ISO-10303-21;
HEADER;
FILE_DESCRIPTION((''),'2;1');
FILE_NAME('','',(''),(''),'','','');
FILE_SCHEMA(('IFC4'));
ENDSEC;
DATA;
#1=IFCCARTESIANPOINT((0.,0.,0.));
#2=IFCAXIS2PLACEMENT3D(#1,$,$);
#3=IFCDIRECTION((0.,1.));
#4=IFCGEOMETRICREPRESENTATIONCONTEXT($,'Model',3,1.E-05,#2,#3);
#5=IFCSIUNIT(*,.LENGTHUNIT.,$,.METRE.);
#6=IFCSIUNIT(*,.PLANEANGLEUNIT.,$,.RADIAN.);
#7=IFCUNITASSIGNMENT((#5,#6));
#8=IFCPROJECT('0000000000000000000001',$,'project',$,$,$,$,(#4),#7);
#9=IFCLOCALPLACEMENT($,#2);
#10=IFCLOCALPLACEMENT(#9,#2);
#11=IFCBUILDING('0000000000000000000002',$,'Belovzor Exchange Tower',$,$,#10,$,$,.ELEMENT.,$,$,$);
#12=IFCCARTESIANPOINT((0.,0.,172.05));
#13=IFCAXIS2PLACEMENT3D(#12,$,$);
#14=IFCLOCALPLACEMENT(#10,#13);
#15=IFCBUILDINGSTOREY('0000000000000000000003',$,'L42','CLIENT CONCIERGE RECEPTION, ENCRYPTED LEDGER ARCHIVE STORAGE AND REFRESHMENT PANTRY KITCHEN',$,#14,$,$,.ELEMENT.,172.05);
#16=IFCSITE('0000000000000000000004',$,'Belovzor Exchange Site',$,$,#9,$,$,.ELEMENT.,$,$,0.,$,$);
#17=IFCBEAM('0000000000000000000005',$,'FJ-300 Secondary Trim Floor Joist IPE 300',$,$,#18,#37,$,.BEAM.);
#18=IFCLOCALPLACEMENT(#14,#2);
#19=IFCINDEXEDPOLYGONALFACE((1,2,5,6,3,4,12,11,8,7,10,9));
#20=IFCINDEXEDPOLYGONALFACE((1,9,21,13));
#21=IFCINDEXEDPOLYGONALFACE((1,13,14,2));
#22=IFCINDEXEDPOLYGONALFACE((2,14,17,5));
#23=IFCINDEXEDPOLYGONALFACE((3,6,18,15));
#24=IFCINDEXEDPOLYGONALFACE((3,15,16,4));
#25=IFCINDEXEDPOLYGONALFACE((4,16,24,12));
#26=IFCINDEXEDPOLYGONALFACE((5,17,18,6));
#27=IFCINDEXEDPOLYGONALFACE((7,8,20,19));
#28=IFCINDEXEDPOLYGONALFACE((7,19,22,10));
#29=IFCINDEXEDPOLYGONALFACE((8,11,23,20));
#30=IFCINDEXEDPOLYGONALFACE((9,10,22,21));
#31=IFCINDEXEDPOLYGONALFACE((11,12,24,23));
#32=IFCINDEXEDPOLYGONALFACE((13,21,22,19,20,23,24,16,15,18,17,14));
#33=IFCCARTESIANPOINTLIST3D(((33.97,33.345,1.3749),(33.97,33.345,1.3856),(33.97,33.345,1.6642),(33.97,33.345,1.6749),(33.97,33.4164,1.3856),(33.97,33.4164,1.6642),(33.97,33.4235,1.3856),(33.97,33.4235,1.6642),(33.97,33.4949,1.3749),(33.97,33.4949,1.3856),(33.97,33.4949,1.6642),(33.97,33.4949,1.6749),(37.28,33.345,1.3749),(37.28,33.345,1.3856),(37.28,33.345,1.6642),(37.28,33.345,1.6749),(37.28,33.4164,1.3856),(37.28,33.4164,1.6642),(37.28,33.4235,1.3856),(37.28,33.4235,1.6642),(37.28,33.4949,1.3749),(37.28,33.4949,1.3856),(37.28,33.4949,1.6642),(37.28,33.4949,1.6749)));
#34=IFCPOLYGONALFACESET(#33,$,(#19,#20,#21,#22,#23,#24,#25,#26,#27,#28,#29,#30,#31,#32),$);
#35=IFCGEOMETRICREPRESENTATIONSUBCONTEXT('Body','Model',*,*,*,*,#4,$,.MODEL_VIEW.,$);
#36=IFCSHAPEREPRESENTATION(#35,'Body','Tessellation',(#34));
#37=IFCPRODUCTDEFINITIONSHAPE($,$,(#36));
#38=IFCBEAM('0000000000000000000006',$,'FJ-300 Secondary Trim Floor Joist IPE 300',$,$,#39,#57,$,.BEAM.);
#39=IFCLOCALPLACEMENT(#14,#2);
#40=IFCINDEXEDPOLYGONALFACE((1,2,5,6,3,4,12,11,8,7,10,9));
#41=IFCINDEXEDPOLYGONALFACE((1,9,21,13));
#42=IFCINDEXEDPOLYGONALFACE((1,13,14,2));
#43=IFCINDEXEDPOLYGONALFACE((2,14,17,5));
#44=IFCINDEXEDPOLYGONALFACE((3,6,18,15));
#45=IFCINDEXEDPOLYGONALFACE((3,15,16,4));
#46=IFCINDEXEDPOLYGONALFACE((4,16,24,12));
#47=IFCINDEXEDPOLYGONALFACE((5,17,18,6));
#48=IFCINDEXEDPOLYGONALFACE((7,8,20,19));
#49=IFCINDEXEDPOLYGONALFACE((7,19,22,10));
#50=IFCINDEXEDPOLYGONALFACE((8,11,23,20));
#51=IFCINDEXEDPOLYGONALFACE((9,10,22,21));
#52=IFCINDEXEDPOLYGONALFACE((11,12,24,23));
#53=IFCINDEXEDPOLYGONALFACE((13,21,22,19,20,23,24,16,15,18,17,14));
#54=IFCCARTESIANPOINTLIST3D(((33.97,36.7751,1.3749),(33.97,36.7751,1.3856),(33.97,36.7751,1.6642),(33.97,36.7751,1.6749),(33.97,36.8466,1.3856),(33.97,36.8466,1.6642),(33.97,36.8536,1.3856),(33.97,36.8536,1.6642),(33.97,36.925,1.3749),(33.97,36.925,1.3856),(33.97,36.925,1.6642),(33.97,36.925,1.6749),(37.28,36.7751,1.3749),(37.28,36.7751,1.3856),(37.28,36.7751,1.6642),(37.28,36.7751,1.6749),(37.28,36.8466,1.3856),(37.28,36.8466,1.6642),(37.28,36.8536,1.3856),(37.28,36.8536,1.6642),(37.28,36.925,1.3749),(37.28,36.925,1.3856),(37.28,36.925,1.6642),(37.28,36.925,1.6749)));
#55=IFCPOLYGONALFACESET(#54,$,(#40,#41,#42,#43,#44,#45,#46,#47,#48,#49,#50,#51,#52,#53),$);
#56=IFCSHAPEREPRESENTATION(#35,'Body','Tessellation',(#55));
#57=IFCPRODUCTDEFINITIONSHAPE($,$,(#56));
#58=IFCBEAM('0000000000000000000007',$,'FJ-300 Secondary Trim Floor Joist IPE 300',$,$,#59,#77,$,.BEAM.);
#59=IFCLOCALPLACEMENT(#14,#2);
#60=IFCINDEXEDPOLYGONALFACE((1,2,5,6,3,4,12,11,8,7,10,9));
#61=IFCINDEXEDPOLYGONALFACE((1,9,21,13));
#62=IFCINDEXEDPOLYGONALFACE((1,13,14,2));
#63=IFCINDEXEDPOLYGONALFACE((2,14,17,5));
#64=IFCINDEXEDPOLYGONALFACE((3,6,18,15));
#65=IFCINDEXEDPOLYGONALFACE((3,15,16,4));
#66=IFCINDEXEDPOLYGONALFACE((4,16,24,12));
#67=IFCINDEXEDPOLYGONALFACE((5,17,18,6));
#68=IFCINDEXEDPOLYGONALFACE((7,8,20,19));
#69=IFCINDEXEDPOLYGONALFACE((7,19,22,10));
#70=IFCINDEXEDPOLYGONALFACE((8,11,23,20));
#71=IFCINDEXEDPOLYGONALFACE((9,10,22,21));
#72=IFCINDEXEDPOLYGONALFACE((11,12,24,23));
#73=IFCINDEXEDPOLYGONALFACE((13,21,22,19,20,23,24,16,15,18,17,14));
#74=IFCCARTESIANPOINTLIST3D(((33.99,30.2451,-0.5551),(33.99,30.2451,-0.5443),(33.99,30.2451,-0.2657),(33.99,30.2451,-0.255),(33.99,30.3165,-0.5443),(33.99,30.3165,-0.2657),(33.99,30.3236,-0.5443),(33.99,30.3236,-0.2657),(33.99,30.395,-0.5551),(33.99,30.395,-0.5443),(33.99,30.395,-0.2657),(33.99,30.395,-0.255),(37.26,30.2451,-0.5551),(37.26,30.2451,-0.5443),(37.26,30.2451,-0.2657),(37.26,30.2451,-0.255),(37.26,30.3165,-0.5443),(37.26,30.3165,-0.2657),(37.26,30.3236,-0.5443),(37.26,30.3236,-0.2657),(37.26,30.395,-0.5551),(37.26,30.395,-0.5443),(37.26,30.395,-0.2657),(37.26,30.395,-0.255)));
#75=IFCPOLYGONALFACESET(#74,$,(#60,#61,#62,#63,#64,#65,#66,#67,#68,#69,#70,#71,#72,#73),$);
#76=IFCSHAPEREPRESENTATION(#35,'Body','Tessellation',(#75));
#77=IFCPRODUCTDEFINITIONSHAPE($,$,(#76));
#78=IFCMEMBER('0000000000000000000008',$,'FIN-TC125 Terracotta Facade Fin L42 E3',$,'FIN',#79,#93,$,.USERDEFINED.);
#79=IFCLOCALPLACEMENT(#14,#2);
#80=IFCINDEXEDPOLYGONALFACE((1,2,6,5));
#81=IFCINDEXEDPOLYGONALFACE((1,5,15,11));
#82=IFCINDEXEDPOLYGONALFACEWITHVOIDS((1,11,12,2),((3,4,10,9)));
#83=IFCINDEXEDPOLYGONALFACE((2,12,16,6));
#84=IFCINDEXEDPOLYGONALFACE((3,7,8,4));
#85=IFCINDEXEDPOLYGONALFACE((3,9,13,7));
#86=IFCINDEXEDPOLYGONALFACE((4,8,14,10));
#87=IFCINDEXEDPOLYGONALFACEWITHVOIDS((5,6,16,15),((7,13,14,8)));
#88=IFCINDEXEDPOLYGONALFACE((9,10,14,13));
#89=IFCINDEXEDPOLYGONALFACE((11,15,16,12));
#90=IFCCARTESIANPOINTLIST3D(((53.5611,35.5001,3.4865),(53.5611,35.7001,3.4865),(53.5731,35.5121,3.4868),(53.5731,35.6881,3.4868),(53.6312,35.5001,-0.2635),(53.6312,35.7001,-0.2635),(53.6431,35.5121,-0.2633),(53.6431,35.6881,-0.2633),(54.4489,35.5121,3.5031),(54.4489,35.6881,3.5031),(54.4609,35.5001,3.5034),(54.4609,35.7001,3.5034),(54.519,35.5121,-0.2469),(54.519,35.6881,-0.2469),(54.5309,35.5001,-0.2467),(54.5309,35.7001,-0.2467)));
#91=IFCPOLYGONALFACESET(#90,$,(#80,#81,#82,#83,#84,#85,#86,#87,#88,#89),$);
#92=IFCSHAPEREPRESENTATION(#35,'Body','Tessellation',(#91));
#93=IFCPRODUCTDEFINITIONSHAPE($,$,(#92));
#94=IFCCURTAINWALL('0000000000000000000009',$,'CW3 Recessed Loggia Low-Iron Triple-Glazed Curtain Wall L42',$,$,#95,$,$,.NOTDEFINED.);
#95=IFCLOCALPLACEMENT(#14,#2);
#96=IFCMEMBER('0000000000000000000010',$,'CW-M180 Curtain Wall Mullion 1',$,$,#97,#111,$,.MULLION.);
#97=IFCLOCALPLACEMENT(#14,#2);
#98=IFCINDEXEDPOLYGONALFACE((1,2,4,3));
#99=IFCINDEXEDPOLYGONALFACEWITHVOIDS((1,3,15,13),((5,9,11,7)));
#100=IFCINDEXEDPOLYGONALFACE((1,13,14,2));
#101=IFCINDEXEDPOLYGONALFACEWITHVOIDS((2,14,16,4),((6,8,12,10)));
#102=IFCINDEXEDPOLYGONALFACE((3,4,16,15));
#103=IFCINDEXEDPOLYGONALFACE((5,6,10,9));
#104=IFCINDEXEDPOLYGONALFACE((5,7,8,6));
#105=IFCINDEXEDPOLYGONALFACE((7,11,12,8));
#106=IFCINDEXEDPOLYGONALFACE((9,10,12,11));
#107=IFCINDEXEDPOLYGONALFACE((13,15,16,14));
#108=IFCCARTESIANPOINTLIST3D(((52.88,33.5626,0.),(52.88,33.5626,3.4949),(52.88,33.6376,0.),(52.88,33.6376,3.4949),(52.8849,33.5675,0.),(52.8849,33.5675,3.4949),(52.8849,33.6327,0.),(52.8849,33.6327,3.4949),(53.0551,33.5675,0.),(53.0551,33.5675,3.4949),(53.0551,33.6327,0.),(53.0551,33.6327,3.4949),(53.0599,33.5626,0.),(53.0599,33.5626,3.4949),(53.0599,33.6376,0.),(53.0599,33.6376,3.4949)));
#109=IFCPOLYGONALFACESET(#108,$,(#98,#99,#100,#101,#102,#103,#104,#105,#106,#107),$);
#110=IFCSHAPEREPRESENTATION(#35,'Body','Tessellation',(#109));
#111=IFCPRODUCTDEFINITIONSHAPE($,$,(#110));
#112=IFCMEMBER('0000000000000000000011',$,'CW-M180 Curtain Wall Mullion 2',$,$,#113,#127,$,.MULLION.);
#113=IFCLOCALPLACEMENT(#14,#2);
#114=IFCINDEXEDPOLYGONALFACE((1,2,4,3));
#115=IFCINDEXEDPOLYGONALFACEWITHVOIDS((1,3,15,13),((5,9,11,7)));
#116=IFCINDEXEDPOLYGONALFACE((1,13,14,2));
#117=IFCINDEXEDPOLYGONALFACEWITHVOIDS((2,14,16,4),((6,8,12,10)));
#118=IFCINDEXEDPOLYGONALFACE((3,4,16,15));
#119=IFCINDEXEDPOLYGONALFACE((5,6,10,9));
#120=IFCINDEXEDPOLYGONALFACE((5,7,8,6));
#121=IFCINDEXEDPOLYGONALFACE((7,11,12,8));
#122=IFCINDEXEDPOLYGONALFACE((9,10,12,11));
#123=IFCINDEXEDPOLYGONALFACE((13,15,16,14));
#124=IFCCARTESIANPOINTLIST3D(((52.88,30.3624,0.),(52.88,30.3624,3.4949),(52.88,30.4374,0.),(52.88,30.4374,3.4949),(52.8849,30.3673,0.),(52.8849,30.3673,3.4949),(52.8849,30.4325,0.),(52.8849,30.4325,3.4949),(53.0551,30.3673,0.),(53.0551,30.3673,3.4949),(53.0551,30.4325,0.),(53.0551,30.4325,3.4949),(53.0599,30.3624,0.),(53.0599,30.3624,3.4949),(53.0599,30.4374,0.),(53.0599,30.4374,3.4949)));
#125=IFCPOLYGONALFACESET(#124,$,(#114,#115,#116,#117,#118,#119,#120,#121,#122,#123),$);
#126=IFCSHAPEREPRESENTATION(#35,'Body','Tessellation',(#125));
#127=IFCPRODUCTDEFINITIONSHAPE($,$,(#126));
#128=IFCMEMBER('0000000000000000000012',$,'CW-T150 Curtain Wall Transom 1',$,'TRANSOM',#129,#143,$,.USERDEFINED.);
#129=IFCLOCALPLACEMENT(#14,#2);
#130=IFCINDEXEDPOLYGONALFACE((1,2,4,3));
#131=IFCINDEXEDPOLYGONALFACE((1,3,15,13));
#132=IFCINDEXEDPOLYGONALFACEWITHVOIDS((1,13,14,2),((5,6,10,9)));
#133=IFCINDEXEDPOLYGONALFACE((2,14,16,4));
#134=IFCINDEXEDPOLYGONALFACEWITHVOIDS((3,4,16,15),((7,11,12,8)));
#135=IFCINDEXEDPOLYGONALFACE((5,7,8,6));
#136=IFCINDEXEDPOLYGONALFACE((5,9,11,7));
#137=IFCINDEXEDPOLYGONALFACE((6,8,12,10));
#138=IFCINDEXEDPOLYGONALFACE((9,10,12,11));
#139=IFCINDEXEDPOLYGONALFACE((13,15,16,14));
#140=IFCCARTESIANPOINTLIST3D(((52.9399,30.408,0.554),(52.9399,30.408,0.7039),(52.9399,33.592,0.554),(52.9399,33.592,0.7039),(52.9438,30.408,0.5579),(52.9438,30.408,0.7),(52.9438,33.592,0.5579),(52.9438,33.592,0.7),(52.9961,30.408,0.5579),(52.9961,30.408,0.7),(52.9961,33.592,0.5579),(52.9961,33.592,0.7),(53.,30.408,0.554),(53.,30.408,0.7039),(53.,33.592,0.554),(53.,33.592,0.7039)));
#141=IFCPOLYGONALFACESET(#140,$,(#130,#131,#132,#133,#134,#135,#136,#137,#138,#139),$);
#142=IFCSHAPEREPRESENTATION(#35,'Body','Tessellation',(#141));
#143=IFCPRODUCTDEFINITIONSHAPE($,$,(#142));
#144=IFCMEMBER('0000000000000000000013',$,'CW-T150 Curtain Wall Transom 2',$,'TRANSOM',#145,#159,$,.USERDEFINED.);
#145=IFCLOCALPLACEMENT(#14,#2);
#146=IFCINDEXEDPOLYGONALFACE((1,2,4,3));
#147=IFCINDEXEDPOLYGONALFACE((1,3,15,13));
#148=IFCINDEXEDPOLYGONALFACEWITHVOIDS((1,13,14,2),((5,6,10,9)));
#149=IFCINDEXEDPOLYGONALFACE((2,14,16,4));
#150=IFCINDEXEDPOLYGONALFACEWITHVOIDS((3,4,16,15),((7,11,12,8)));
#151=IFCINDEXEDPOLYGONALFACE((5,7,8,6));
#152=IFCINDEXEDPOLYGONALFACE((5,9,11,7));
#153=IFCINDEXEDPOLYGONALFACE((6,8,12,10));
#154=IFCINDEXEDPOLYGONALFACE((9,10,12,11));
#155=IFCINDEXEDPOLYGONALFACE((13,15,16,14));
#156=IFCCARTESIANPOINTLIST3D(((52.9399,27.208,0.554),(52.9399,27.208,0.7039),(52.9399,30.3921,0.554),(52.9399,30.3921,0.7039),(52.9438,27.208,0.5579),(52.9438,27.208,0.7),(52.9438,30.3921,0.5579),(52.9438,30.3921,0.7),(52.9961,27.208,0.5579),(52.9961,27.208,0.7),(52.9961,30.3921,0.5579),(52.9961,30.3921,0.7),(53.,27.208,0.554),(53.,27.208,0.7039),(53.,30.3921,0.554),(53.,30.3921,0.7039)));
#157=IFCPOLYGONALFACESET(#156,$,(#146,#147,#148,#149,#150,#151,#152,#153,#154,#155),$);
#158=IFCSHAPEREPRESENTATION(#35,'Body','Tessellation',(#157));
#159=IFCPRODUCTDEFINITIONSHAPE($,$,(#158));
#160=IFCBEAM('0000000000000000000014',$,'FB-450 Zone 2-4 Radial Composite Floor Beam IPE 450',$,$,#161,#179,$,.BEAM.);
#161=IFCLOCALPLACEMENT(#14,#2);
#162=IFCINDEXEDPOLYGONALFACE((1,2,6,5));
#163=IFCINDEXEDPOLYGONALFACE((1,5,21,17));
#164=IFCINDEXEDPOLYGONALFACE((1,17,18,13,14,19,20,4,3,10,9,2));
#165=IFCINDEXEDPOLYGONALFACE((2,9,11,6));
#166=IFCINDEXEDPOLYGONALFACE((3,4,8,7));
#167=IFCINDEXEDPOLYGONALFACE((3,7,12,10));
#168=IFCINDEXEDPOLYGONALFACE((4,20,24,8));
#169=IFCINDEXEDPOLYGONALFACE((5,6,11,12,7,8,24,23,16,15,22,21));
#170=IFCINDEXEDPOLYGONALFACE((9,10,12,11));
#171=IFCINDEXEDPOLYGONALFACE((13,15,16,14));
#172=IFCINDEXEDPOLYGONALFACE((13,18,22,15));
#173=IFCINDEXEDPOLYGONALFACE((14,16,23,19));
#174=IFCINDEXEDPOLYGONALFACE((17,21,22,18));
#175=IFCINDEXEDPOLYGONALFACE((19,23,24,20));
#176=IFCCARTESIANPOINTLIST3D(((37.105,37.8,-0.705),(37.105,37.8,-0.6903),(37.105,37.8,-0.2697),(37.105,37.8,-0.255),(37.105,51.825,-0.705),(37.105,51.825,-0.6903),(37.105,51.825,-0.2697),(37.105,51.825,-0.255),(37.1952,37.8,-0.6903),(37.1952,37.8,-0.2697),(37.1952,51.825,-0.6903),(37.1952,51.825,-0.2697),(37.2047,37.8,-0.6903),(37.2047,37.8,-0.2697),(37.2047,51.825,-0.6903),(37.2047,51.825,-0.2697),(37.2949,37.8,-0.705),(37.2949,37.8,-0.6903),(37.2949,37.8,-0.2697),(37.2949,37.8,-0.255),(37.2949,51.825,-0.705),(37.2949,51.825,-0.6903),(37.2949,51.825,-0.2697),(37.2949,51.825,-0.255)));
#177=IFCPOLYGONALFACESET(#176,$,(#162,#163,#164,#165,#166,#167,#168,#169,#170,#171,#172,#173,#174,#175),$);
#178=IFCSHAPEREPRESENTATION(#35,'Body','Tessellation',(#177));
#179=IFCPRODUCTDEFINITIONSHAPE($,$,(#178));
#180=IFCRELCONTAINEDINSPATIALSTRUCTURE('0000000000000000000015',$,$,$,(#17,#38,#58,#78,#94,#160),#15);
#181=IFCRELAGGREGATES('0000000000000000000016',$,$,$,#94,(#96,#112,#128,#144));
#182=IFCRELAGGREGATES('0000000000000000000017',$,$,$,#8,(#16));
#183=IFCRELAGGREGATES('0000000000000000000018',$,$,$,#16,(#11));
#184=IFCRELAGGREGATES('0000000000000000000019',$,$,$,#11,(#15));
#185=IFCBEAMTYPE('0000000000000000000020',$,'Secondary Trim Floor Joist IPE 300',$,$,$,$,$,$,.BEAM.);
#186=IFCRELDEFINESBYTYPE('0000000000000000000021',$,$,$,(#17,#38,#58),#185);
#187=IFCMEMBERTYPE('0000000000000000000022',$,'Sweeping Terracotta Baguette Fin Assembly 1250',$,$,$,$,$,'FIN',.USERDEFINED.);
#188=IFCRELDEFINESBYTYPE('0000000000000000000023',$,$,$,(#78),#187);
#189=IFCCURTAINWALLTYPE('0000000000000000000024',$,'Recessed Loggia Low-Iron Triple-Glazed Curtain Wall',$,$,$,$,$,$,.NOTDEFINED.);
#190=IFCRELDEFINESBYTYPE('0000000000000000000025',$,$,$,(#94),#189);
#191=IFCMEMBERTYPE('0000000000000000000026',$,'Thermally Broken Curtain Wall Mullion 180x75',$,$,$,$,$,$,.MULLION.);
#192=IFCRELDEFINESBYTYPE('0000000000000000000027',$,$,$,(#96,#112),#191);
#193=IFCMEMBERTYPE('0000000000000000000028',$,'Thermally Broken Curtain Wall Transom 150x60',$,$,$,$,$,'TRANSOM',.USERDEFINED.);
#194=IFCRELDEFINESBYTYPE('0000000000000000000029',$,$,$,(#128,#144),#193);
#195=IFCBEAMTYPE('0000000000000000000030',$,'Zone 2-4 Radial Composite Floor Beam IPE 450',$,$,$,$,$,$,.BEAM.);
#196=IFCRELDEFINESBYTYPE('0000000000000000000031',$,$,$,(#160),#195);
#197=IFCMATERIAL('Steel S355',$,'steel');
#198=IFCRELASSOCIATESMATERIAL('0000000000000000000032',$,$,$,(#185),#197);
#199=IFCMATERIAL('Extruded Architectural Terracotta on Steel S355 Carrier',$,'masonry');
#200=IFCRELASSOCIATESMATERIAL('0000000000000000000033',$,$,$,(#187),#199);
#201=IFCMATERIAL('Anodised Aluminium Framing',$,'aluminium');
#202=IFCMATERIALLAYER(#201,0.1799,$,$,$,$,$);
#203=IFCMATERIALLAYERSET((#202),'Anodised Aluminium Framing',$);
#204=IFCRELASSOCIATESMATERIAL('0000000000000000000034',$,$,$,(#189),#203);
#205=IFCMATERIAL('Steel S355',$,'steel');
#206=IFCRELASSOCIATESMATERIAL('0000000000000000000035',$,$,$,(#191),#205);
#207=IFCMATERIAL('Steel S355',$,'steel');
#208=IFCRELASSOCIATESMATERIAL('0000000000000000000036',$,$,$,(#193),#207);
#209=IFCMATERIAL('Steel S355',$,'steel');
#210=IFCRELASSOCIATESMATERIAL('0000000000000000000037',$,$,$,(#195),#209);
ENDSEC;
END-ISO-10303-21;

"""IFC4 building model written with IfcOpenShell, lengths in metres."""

from ifc_helpers import new_model, si_unit, direction, frame, origin, origin_2d, place, context, subcontext, project, spatial, hollow_rectangle, i_section, extrude, material, layer, layer_set, material_profile, profile_set, type_object, element, aggregate, save


model = new_model("IFC4")

# Units and contexts
model_context = context("Model", 3, precision=1e-05, world=origin(), true_north=direction((0.0, 1.0)))
body_context = subcontext(model_context, "Body", "Model", "MODEL_VIEW")
ifc_project = project(units=[si_unit("LENGTHUNIT", "METRE"), si_unit("PLANEANGLEUNIT", "RADIAN")], contexts=[model_context])

# Site, building, storey
site_placement = place(None, origin())
site = spatial("IfcSite", under=ifc_project, at=site_placement, Name="Belovzor Exchange Site", CompositionType="ELEMENT", RefElevation=0.0)
building_placement = place(site_placement, origin())
building = spatial("IfcBuilding", under=site, at=building_placement, Name="Belovzor Exchange Tower", CompositionType="ELEMENT")
storey_placement = place(building_placement, frame((0.0, 0.0, 172.05)))
storey = spatial("IfcBuildingStorey", under=building, at=storey_placement, Name="L42", Description="CLIENT CONCIERGE RECEPTION, ENCRYPTED LEDGER ARCHIVE STORAGE AND REFRESHMENT PANTRY KITCHEN", CompositionType="ELEMENT", Elevation=172.05)

# Beams
ifc_material_1 = material(Name="Steel S355", Category="steel")
ifc_material_profile_1 = material_profile(ifc_material_1, i_section(OverallWidth=0.1499, OverallDepth=0.3, WebThickness=0.0071, FlangeThickness=0.0107, at=origin_2d()))
ifc_profile_set_1 = profile_set([ifc_material_profile_1], Name="Steel S355")
beam_type_1 = type_object("IfcBeamType", Name="Secondary Trim Floor Joist IPE 300", PredefinedType="BEAM", material=ifc_profile_set_1)
for number, where, z_axis, x_axis, name in (
    (1, (37.28, 33.4199, 1.5249), (-1.0, 0.0, 0.0), (0.0, -1.0, 0.0), "FJ-300 Secondary Trim Floor Joist IPE 300"),
    (2, (37.28, 36.8501, 1.5249), (-1.0, 0.0, 0.0), (0.0, -1.0, 0.0), "FJ-300 Secondary Trim Floor Joist IPE 300"),
):
    element("IfcBeam", number, at=place(storey_placement, frame(where, z_axis=z_axis, x_axis=x_axis)), inside=storey, type_object=beam_type_1, Name=name, PredefinedType="BEAM", context=body_context, shape_type="SweptSolid", body=[
        extrude(i_section(OverallWidth=0.1499, OverallDepth=0.3, WebThickness=0.0071, FlangeThickness=0.0107, at=origin_2d()), origin(), (0.0, 0.0, 1.0), 3.3101),
    ])
beam_1_placement = place(storey_placement, frame((37.26, 30.3201, -0.405), z_axis=(-1.0, 0.0, 0.0), x_axis=(0.0, -1.0, 0.0)))
element("IfcBeam", 3, at=beam_1_placement, inside=storey, type_object=beam_type_1, Name="FJ-300 Secondary Trim Floor Joist IPE 300", PredefinedType="BEAM", context=body_context, shape_type="SweptSolid", body=[
    extrude(i_section(OverallWidth=0.1499, OverallDepth=0.3, WebThickness=0.0071, FlangeThickness=0.0107, at=origin_2d()), origin(), (0.0, 0.0, 1.0), 3.27),
])

# Member
ifc_material_2 = material(Name="Extruded Architectural Terracotta on Steel S355 Carrier", Category="masonry")
ifc_material_profile_2 = material_profile(ifc_material_2, hollow_rectangle(XDim=0.2, YDim=0.8999, WallThickness=0.012, at=origin_2d()))
ifc_profile_set_2 = profile_set([ifc_material_profile_2], Name="Extruded Architectural Terracotta on Steel S355 Carrier")
member_type_1 = type_object("IfcMemberType", Name="Sweeping Terracotta Baguette Fin Assembly 1250", ElementType="FIN", PredefinedType="USERDEFINED", material=ifc_profile_set_2)
member_1_placement = place(storey_placement, frame((54.0811, 35.6001, -0.2551), z_axis=(-0.018682, 0.0, 0.999825), x_axis=(0.0, -1.0, 0.0)))
element("IfcMember", 4, at=member_1_placement, inside=storey, type_object=member_type_1, Name="FIN-TC125 Terracotta Facade Fin L42 E3", ObjectType="FIN", PredefinedType="USERDEFINED", context=body_context, shape_type="SweptSolid", body=[
    extrude(hollow_rectangle(XDim=0.2, YDim=0.8999, WallThickness=0.012, at=origin_2d()), origin(), (0.0, 0.0, 1.0), 3.7507),
])

# Curtain wall, members
ifc_material_3 = material(Name="Anodised Aluminium Framing", Category="aluminium")
ifc_layer_1 = layer(ifc_material_3, 0.1799)
ifc_layer_set_1 = layer_set([ifc_layer_1], Name="Anodised Aluminium Framing")
curtain_wall_type = type_object("IfcCurtainWallType", Name="Recessed Loggia Low-Iron Triple-Glazed Curtain Wall", PredefinedType="NOTDEFINED", material=ifc_layer_set_1)
curtain_wall_placement = place(storey_placement, origin())
curtain_wall = element("IfcCurtainWall", 5, at=curtain_wall_placement, inside=storey, type_object=curtain_wall_type, Name="CW3 Recessed Loggia Low-Iron Triple-Glazed Curtain Wall L42", PredefinedType="NOTDEFINED")
ifc_material_4 = material(Name="Steel S355", Category="steel")
ifc_material_profile_3 = material_profile(ifc_material_4, hollow_rectangle(XDim=0.075, YDim=0.1799, WallThickness=0.0049, at=origin_2d()))
ifc_profile_set_3 = profile_set([ifc_material_profile_3], Name="Steel S355")
member_type_2 = type_object("IfcMemberType", Name="Thermally Broken Curtain Wall Mullion 180x75", PredefinedType="MULLION", material=ifc_profile_set_3)
member_2_placement = place(storey_placement, frame((52.97, 33.6001, 0.0), z_axis=(0.0, 0.0, 1.0), x_axis=(0.0, -1.0, 0.0)))
member_2 = element("IfcMember", 6, at=member_2_placement, type_object=member_type_2, Name="CW-M180 Curtain Wall Mullion 1", PredefinedType="MULLION", context=body_context, shape_type="SweptSolid", body=[
    extrude(hollow_rectangle(XDim=0.075, YDim=0.1799, WallThickness=0.0049, at=origin_2d()), origin(), (0.0, 0.0, 1.0), 3.4949),
])
member_3_placement = place(storey_placement, frame((52.97, 30.3999, 0.0), z_axis=(0.0, 0.0, 1.0), x_axis=(0.0, -1.0, 0.0)))
member_3 = element("IfcMember", 7, at=member_3_placement, type_object=member_type_2, Name="CW-M180 Curtain Wall Mullion 2", PredefinedType="MULLION", context=body_context, shape_type="SweptSolid", body=[
    extrude(hollow_rectangle(XDim=0.075, YDim=0.1799, WallThickness=0.0049, at=origin_2d()), origin(), (0.0, 0.0, 1.0), 3.4949),
])
ifc_material_5 = material(Name="Steel S355", Category="steel")
ifc_material_profile_4 = material_profile(ifc_material_5, hollow_rectangle(XDim=0.0601, YDim=0.1499, WallThickness=0.0039, at=origin_2d()))
ifc_profile_set_4 = profile_set([ifc_material_profile_4], Name="Steel S355")
member_type_3 = type_object("IfcMemberType", Name="Thermally Broken Curtain Wall Transom 150x60", ElementType="TRANSOM", PredefinedType="USERDEFINED", material=ifc_profile_set_4)
member_4_placement = place(storey_placement, frame((52.97, 33.592, 0.6289), z_axis=(0.0, -1.0, 0.0), x_axis=(1.0, 0.0, 0.0)))
member_4 = element("IfcMember", 8, at=member_4_placement, type_object=member_type_3, Name="CW-T150 Curtain Wall Transom 1", ObjectType="TRANSOM", PredefinedType="USERDEFINED", context=body_context, shape_type="SweptSolid", body=[
    extrude(hollow_rectangle(XDim=0.0601, YDim=0.1499, WallThickness=0.0039, at=origin_2d()), origin(), (0.0, 0.0, 1.0), 3.1841),
])
member_5_placement = place(storey_placement, frame((52.97, 30.3921, 0.6289), z_axis=(0.0, -1.0, 0.0), x_axis=(1.0, 0.0, 0.0)))
member_5 = element("IfcMember", 9, at=member_5_placement, type_object=member_type_3, Name="CW-T150 Curtain Wall Transom 2", ObjectType="TRANSOM", PredefinedType="USERDEFINED", context=body_context, shape_type="SweptSolid", body=[
    extrude(hollow_rectangle(XDim=0.0601, YDim=0.1499, WallThickness=0.0039, at=origin_2d()), origin(), (0.0, 0.0, 1.0), 3.1841),
])

# Beam
ifc_material_6 = material(Name="Steel S355", Category="steel")
ifc_material_profile_5 = material_profile(ifc_material_6, i_section(OverallWidth=0.1899, OverallDepth=0.45, WebThickness=0.0095, FlangeThickness=0.0146, at=origin_2d()))
ifc_profile_set_5 = profile_set([ifc_material_profile_5], Name="Steel S355")
beam_type_2 = type_object("IfcBeamType", Name="Zone 2-4 Radial Composite Floor Beam IPE 450", PredefinedType="BEAM", material=ifc_profile_set_5)
for number, where, z_axis, x_axis, name in (
    (10, (37.2, 37.8, -0.48), (0.0, 1.0, 0.0), (-1.0, 0.0, 0.0), "FB-450 Zone 2-4 Radial Composite Floor Beam IPE 450"),
):
    element("IfcBeam", number, at=place(storey_placement, frame(where, z_axis=z_axis, x_axis=x_axis)), inside=storey, type_object=beam_type_2, Name=name, PredefinedType="BEAM", context=body_context, shape_type="SweptSolid", body=[
        extrude(i_section(OverallWidth=0.1899, OverallDepth=0.45, WebThickness=0.0095, FlangeThickness=0.0146, at=origin_2d()), origin(), (0.0, 0.0, 1.0), 14.0249),
    ])

aggregate(curtain_wall, [member_2, member_3, member_4, member_5])

save(model, "model.ifc")
